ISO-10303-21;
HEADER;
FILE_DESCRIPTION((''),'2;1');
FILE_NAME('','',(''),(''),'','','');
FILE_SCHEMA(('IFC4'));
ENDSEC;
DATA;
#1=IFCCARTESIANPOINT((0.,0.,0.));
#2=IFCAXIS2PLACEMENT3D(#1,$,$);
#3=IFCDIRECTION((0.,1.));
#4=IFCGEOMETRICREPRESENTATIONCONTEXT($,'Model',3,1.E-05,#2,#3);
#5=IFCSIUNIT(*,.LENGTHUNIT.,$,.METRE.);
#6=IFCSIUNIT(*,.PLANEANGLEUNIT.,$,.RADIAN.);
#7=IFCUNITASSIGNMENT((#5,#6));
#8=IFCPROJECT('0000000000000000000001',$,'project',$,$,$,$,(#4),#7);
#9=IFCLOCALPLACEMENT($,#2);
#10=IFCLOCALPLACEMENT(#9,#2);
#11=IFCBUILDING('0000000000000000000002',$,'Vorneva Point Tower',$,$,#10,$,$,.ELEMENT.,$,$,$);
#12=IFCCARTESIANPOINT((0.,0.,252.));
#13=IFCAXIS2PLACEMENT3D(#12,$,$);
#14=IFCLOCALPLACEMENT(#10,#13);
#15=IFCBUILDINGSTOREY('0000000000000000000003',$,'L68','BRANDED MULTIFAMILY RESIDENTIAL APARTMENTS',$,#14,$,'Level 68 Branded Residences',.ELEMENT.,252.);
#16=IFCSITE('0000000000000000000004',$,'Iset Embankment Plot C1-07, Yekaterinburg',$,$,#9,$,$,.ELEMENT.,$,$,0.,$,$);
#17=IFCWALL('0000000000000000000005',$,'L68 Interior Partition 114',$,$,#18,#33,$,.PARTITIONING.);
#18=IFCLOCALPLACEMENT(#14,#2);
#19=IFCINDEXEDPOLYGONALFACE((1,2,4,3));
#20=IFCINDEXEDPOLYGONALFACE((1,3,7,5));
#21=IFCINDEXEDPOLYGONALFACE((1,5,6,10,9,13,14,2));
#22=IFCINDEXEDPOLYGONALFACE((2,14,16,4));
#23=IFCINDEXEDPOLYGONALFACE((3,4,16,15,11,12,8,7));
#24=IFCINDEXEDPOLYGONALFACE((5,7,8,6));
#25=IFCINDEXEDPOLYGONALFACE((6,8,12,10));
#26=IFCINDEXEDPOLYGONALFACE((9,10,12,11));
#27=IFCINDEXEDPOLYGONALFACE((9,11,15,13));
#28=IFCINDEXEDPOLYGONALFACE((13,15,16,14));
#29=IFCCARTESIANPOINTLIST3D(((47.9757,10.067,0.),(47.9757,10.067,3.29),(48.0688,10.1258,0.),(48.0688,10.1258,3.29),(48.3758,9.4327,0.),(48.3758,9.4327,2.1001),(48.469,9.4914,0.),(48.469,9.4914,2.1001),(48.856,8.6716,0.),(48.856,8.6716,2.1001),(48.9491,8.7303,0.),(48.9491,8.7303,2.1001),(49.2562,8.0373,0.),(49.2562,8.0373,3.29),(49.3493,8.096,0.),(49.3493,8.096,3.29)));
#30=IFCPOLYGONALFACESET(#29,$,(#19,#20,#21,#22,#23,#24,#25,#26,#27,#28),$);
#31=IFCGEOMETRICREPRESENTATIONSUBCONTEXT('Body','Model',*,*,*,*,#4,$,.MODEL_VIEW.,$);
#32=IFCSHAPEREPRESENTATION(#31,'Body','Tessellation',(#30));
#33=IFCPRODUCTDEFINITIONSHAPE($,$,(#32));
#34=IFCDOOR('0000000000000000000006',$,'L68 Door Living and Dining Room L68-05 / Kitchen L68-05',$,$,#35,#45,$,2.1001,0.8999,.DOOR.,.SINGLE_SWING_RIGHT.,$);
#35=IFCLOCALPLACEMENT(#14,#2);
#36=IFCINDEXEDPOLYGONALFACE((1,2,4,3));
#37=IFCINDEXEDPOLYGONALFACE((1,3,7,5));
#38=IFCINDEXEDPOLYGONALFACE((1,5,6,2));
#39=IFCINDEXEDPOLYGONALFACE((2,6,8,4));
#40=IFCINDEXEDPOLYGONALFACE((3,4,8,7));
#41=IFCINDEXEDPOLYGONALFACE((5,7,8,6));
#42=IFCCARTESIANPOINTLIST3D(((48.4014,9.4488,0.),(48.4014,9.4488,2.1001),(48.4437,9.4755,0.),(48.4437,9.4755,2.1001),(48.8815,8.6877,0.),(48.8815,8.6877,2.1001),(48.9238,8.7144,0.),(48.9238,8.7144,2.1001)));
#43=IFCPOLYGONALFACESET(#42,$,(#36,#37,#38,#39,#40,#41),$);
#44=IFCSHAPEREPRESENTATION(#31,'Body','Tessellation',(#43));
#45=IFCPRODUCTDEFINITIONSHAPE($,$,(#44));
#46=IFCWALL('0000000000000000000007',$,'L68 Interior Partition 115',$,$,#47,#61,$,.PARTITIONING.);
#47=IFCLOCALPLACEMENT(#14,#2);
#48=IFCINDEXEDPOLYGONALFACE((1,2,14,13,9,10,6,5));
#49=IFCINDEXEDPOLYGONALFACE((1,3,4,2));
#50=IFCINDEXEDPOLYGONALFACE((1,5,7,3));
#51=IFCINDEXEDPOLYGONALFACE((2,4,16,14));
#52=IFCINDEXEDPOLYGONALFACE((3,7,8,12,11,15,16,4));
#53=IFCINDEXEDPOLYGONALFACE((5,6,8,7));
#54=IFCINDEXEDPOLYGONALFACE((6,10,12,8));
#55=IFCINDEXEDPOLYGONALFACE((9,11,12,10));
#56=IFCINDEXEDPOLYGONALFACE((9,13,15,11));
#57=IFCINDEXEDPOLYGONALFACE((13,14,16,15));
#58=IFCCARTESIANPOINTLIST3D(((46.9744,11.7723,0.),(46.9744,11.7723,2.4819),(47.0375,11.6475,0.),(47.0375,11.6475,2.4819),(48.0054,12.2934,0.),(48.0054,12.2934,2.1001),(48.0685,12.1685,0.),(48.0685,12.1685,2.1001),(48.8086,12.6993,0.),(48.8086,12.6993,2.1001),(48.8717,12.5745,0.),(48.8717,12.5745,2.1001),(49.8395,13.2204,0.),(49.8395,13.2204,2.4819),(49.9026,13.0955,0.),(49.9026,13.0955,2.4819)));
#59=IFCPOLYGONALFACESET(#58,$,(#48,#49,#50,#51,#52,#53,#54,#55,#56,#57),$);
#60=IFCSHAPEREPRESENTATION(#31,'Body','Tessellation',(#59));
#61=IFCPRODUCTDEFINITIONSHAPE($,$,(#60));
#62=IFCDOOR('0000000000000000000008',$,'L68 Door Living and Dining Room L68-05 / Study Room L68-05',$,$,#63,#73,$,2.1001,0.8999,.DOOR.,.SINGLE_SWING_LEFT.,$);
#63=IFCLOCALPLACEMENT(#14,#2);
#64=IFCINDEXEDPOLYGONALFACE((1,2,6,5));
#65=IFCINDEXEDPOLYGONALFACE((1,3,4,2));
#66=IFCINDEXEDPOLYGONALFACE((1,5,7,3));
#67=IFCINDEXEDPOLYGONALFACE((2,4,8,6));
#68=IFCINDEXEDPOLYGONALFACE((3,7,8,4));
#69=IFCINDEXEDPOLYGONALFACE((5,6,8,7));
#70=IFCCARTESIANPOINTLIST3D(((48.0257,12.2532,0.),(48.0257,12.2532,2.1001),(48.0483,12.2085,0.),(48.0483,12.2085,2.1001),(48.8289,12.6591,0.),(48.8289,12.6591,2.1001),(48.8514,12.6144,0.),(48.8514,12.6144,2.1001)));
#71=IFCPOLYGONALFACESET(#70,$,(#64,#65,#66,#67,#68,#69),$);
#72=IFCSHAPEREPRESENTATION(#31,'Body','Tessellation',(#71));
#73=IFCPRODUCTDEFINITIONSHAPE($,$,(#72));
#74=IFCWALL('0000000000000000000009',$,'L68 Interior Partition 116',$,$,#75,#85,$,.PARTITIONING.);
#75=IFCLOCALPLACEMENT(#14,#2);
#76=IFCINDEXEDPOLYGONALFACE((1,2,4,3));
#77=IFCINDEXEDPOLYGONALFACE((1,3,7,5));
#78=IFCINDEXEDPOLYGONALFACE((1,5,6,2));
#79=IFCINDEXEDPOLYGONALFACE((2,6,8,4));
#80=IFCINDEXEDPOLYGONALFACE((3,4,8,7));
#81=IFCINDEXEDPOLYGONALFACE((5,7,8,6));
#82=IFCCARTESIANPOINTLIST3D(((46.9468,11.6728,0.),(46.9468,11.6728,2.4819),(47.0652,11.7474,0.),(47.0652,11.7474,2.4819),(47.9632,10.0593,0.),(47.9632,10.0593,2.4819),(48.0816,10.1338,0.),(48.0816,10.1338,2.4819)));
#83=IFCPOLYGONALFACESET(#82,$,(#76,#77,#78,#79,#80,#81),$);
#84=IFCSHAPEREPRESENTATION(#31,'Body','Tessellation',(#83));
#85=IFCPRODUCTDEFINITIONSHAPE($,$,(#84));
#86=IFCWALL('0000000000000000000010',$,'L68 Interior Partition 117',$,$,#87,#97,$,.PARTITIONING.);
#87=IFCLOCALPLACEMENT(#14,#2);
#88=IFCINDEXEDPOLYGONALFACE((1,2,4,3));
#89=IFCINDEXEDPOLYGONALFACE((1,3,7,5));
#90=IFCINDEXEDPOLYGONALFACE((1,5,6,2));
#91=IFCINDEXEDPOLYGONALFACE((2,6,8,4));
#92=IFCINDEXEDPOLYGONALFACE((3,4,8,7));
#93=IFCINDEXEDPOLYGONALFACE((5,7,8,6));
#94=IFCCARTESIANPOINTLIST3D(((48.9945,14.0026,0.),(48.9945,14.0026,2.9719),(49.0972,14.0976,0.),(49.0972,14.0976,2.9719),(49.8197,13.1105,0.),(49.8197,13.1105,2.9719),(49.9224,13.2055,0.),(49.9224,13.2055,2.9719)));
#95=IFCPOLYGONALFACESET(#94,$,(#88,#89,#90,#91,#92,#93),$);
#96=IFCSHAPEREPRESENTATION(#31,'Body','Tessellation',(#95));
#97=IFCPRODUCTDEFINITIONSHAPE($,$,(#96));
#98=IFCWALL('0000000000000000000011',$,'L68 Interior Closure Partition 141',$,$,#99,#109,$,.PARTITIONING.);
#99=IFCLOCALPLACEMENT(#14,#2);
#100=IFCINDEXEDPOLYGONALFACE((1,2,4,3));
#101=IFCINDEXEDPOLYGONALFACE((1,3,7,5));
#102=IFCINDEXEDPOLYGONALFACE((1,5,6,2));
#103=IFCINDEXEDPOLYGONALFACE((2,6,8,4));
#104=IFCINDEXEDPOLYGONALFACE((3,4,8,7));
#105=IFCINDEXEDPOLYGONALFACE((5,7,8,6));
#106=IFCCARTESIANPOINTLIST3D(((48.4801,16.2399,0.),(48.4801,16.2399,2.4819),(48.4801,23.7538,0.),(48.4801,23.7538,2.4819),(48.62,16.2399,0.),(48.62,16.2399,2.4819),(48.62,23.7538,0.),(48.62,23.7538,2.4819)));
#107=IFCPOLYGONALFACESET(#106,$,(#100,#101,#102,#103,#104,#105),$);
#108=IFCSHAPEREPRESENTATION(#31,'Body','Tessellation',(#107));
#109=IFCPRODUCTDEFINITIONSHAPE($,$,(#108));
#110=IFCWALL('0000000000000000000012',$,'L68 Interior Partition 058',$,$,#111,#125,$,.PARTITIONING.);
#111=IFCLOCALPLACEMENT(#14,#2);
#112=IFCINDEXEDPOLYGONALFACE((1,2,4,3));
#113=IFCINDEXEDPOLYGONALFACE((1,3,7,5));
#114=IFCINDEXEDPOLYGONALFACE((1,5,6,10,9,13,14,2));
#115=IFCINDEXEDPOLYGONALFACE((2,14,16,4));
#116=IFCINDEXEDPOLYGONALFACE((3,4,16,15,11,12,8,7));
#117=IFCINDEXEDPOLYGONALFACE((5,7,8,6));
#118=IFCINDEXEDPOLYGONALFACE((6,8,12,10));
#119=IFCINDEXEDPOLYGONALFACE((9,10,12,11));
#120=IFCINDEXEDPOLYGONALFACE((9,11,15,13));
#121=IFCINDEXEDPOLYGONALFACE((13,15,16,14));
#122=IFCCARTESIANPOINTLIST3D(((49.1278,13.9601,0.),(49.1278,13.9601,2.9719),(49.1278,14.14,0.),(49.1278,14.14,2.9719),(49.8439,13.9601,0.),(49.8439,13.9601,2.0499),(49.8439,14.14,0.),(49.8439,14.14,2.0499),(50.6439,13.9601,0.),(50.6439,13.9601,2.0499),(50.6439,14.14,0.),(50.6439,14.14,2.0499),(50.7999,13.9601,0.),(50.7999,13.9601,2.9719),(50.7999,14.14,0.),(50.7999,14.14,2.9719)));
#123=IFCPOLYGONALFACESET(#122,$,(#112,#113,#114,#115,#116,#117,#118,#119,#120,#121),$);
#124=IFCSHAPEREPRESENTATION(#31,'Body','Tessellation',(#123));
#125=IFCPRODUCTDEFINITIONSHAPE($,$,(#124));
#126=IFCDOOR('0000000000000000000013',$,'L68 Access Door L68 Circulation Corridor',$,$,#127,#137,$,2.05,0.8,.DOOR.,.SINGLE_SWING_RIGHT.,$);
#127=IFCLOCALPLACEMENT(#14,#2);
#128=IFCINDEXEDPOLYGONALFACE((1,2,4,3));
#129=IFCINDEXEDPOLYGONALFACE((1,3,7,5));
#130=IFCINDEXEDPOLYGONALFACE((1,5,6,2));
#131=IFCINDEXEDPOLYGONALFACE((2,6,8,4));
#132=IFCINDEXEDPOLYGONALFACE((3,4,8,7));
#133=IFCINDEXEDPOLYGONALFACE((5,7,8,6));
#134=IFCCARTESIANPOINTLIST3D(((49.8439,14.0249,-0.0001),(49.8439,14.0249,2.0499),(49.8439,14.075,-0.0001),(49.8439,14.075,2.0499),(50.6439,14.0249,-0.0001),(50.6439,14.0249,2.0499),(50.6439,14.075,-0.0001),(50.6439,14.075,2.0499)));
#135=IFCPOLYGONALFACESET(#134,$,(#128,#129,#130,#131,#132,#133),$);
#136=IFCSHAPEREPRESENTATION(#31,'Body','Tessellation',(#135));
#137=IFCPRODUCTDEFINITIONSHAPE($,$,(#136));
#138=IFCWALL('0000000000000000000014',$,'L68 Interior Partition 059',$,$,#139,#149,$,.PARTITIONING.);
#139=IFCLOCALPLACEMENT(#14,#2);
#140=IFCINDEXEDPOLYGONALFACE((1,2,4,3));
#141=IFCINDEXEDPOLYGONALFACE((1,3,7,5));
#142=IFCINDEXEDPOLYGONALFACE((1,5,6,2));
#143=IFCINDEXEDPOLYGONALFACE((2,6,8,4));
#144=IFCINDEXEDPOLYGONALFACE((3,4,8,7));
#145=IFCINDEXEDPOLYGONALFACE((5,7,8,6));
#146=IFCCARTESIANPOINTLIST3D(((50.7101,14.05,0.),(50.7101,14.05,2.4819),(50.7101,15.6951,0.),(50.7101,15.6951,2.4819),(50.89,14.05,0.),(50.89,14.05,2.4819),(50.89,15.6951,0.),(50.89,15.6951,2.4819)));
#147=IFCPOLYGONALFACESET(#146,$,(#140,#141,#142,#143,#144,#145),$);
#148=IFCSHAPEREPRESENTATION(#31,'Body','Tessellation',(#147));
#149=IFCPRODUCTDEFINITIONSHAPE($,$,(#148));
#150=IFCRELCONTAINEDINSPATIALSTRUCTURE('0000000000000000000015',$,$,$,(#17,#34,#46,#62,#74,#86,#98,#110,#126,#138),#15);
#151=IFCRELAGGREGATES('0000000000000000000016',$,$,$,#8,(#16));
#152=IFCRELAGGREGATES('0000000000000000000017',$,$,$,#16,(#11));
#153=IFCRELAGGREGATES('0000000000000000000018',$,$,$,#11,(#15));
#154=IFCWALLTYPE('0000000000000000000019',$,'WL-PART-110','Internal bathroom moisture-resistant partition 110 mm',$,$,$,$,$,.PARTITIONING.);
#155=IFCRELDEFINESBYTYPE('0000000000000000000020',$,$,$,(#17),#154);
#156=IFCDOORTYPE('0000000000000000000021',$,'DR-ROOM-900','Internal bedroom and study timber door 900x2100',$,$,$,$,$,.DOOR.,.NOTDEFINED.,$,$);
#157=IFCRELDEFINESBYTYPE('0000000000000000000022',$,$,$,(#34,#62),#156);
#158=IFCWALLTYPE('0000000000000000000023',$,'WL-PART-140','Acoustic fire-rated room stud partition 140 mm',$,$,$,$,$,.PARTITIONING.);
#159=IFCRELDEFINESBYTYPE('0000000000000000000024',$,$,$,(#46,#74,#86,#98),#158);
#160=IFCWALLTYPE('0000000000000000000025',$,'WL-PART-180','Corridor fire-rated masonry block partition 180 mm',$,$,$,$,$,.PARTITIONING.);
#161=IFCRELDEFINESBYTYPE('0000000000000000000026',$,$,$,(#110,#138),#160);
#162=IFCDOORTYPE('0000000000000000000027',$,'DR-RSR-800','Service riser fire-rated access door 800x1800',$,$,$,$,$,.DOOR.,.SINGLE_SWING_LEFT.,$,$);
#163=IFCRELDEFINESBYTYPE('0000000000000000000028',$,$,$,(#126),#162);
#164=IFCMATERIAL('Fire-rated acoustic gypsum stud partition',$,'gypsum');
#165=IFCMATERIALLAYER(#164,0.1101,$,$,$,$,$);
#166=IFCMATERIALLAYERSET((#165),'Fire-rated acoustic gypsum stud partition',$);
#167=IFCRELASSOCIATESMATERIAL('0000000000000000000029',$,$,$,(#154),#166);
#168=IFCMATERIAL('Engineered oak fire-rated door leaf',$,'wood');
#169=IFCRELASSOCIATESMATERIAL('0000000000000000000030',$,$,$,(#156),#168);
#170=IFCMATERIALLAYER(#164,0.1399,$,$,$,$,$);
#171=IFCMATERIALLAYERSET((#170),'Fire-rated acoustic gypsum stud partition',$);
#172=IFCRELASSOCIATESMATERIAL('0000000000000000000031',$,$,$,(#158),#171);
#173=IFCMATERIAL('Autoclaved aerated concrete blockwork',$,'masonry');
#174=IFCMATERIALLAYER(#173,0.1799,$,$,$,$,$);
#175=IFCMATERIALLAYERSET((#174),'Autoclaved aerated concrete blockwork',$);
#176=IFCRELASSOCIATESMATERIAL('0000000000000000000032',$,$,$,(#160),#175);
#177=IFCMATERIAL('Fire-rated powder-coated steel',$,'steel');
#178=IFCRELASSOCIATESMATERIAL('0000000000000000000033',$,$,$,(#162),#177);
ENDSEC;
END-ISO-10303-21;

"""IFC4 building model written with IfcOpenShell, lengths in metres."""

from ifc_helpers import new_model, si_unit, direction, frame, frame_2d, origin, place, context, subcontext, project, spatial, rectangle, extrude, material, layer, layer_set, type_object, element, fill, save


model = new_model("IFC4")

# Units and contexts
model_context = context("Model", 3, precision=1e-05, world=origin(), true_north=direction((0.0, 1.0)))
body_context = subcontext(model_context, "Body", "Model", "MODEL_VIEW")
ifc_project = project(units=[si_unit("LENGTHUNIT", "METRE"), si_unit("PLANEANGLEUNIT", "RADIAN")], contexts=[model_context])

# Site, building, storey
site_placement = place(None, origin())
site = spatial("IfcSite", under=ifc_project, at=site_placement, Name="Iset Embankment Plot C1-07, Yekaterinburg", CompositionType="ELEMENT", RefElevation=0.0)
building_placement = place(site_placement, origin())
building = spatial("IfcBuilding", under=site, at=building_placement, Name="Vorneva Point Tower", CompositionType="ELEMENT")
storey_placement = place(building_placement, frame((0.0, 0.0, 252.0)))
storey = spatial("IfcBuildingStorey", under=building, at=storey_placement, Name="L68", Description="BRANDED MULTIFAMILY RESIDENTIAL APARTMENTS", LongName="Level 68 Branded Residences", CompositionType="ELEMENT", Elevation=252.0)

# Walls, openings, doors
ifc_material_1 = material(Name="Fire-rated acoustic gypsum stud partition", Category="gypsum")
ifc_layer_1 = layer(ifc_material_1, 0.1101)
ifc_layer_set_1 = layer_set([ifc_layer_1], Name="Fire-rated acoustic gypsum stud partition")
wall_type_1 = type_object("IfcWallType", Name="WL-PART-110", Description="Internal bathroom moisture-resistant partition 110 mm", PredefinedType="PARTITIONING", material=ifc_layer_set_1)
wall_1_placement = place(storey_placement, frame((49.3027, 8.0667, 0.0), z_axis=(0.0, 0.0, 1.0), x_axis=(-0.53356, 0.845762, 0.0)))
wall_1 = element("IfcWall", 1, at=wall_1_placement, inside=storey, type_object=wall_type_1, Name="L68 Interior Partition 114", PredefinedType="PARTITIONING", context=body_context, shape_type="SweptSolid", body=[
    extrude(rectangle(XDim=2.3999, YDim=0.1101, at=frame_2d((1.2, 0.0))), origin(), (0.0, 0.0, 1.0), 3.29),
])
opening_1_placement = place(wall_1_placement, frame((0.75, 0.0, 0.0)))
opening_1 = element("IfcOpeningElement", 2, at=opening_1_placement, cuts=wall_1, PredefinedType="OPENING", context=body_context, shape_type="SweptSolid", body=[
    extrude(rectangle(XDim=0.8999, YDim=2.1001, at=frame_2d((0.45, 1.05))), frame((0.0, 0.0698, 0.0), z_axis=(0.0, -1.0, 0.0), x_axis=(1.0, 0.0, 0.0)), (0.0, 0.0, 1.0), 0.1399),
])
ifc_material_2 = material(Name="Engineered oak fire-rated door leaf", Category="wood")
door_type_1 = type_object("IfcDoorType", Name="DR-ROOM-900", Description="Internal bedroom and study timber door 900x2100", OperationType="NOTDEFINED", PredefinedType="DOOR", material=ifc_material_2)
door_1_placement = place(opening_1_placement, origin())
door_1 = element("IfcDoor", 3, at=door_1_placement, inside=storey, type_object=door_type_1, Name="L68 Door Living and Dining Room L68-05 / Kitchen L68-05", OperationType="SINGLE_SWING_RIGHT", OverallHeight=2.1001, OverallWidth=0.8999, PredefinedType="DOOR", context=body_context, shape_type="SweptSolid", body=[
    extrude(rectangle(XDim=0.8999, YDim=2.1001, at=frame_2d((0.45, 1.05))), frame((0.0, 0.0249, 0.0), z_axis=(0.0, -1.0, 0.0), x_axis=(1.0, 0.0, 0.0)), (0.0, 0.0, 1.0), 0.05),
])
fill(opening_1, door_1)
ifc_layer_2 = layer(ifc_material_1, 0.1399)
ifc_layer_set_2 = layer_set([ifc_layer_2], Name="Fire-rated acoustic gypsum stud partition")
wall_type_2 = type_object("IfcWallType", Name="WL-PART-140", Description="Acoustic fire-rated room stud partition 140 mm", PredefinedType="PARTITIONING", material=ifc_layer_set_2)
wall_2_placement = place(storey_placement, frame((47.0061, 11.71, 0.0), z_axis=(0.0, 0.0, 1.0), x_axis=(0.892487, 0.451073, 0.0)))
wall_2 = element("IfcWall", 4, at=wall_2_placement, inside=storey, type_object=wall_type_2, Name="L68 Interior Partition 115", PredefinedType="PARTITIONING", context=body_context, shape_type="SweptSolid", body=[
    extrude(rectangle(XDim=3.2102, YDim=0.1399, at=frame_2d((1.605, 0.0))), origin(), (0.0, 0.0, 1.0), 2.4819),
])
opening_2_placement = place(wall_2_placement, frame((1.155, 0.0, 0.0)))
opening_2 = element("IfcOpeningElement", 5, at=opening_2_placement, cuts=wall_2, PredefinedType="OPENING", context=body_context, shape_type="SweptSolid", body=[
    extrude(rectangle(XDim=0.8999, YDim=2.1001, at=frame_2d((0.45, 1.05))), frame((0.0, 0.085, 0.0), z_axis=(0.0, -1.0, 0.0), x_axis=(1.0, 0.0, 0.0)), (0.0, 0.0, 1.0), 0.1697),
])
door_2_placement = place(opening_2_placement, origin())
door_2 = element("IfcDoor", 6, at=door_2_placement, inside=storey, type_object=door_type_1, Name="L68 Door Living and Dining Room L68-05 / Study Room L68-05", OperationType="SINGLE_SWING_LEFT", OverallHeight=2.1001, OverallWidth=0.8999, PredefinedType="DOOR", context=body_context, shape_type="SweptSolid", body=[
    extrude(rectangle(XDim=0.8999, YDim=2.1001, at=frame_2d((0.45, 1.05))), frame((0.0, 0.0249, 0.0), z_axis=(0.0, -1.0, 0.0), x_axis=(1.0, 0.0, 0.0)), (0.0, 0.0, 1.0), 0.05),
])
fill(opening_2, door_2)

# Walls
wall_3_placement = place(storey_placement, frame((48.0225, 10.0964, 0.0), z_axis=(0.0, 0.0, 1.0), x_axis=(-0.532976, 0.84613, 0.0)))
element("IfcWall", 7, at=wall_3_placement, inside=storey, type_object=wall_type_2, Name="L68 Interior Partition 116", PredefinedType="PARTITIONING", context=body_context, shape_type="SweptSolid", body=[
    extrude(rectangle(XDim=1.907, YDim=0.1399, at=frame_2d((0.9536, 0.0))), origin(), (0.0, 0.0, 1.0), 2.4819),
])
wall_4_placement = place(storey_placement, frame((49.8711, 13.158, 0.0), z_axis=(0.0, 0.0, 1.0), x_axis=(-0.679047, 0.734094, 0.0)))
element("IfcWall", 8, at=wall_4_placement, inside=storey, type_object=wall_type_2, Name="L68 Interior Partition 117", PredefinedType="PARTITIONING", context=body_context, shape_type="SweptSolid", body=[
    extrude(rectangle(XDim=1.2153, YDim=0.1399, at=frame_2d((0.6077, 0.0))), origin(), (0.0, 0.0, 1.0), 2.9719),
])
wall_5_placement = place(storey_placement, frame((48.55, 16.24, 0.0), z_axis=(0.0, 0.0, 1.0), x_axis=(0.0, 1.0, 0.0)))
element("IfcWall", 9, at=wall_5_placement, inside=storey, type_object=wall_type_2, Name="L68 Interior Closure Partition 141", PredefinedType="PARTITIONING", context=body_context, shape_type="SweptSolid", body=[
    extrude(rectangle(XDim=7.5139, YDim=0.1399, at=frame_2d((3.7568, 0.0))), origin(), (0.0, 0.0, 1.0), 2.4819),
])

# Wall, opening, door
ifc_material_3 = material(Name="Autoclaved aerated concrete blockwork", Category="masonry")
ifc_layer_3 = layer(ifc_material_3, 0.1799)
ifc_layer_set_3 = layer_set([ifc_layer_3], Name="Autoclaved aerated concrete blockwork")
wall_type_3 = type_object("IfcWallType", Name="WL-PART-180", Description="Corridor fire-rated masonry block partition 180 mm", PredefinedType="PARTITIONING", material=ifc_layer_set_3)
wall_6_placement = place(storey_placement, frame((49.1279, 14.05, 0.0), z_axis=(0.0, 0.0, 1.0), x_axis=(1.0, 0.0, 0.0)))
wall_6 = element("IfcWall", 10, at=wall_6_placement, inside=storey, type_object=wall_type_3, Name="L68 Interior Partition 058", PredefinedType="PARTITIONING", context=body_context, shape_type="SweptSolid", body=[
    extrude(rectangle(XDim=1.6721, YDim=0.1799, at=frame_2d((0.8359, 0.0))), origin(), (0.0, 0.0, 1.0), 2.9719),
])
opening_3_placement = place(wall_6_placement, frame((0.7161, 0.0, 0.0)))
opening_3 = element("IfcOpeningElement", 11, at=opening_3_placement, cuts=wall_6, PredefinedType="OPENING", context=body_context, shape_type="SweptSolid", body=[
    extrude(rectangle(XDim=0.8, YDim=2.05, at=frame_2d((0.3999, 1.0249))), frame((0.0, 0.105, 0.0), z_axis=(0.0, -1.0, 0.0), x_axis=(1.0, 0.0, 0.0)), (0.0, 0.0, 1.0), 0.2097),
])
ifc_material_4 = material(Name="Fire-rated powder-coated steel", Category="steel")
door_type_2 = type_object("IfcDoorType", Name="DR-RSR-800", Description="Service riser fire-rated access door 800x1800", OperationType="SINGLE_SWING_LEFT", PredefinedType="DOOR", material=ifc_material_4)
door_3_placement = place(opening_3_placement, origin())
door_3 = element("IfcDoor", 12, at=door_3_placement, inside=storey, type_object=door_type_2, Name="L68 Access Door L68 Circulation Corridor", OperationType="SINGLE_SWING_RIGHT", OverallHeight=2.05, OverallWidth=0.8, PredefinedType="DOOR", context=body_context, shape_type="SweptSolid", body=[
    extrude(rectangle(XDim=0.8, YDim=2.05, at=frame_2d((0.3999, 1.0249))), frame((0.0, 0.0249, 0.0), z_axis=(0.0, -1.0, 0.0), x_axis=(1.0, 0.0, 0.0)), (0.0, 0.0, 1.0), 0.05),
])
fill(opening_3, door_3)

# Wall
wall_7_placement = place(storey_placement, frame((50.8, 14.05, 0.0), z_axis=(0.0, 0.0, 1.0), x_axis=(0.0, 1.0, 0.0)))
element("IfcWall", 13, at=wall_7_placement, inside=storey, type_object=wall_type_3, Name="L68 Interior Partition 059", PredefinedType="PARTITIONING", context=body_context, shape_type="SweptSolid", body=[
    extrude(rectangle(XDim=1.645, YDim=0.1799, at=frame_2d((0.8225, 0.0))), origin(), (0.0, 0.0, 1.0), 2.4819),
])

save(model, "model.ifc")
